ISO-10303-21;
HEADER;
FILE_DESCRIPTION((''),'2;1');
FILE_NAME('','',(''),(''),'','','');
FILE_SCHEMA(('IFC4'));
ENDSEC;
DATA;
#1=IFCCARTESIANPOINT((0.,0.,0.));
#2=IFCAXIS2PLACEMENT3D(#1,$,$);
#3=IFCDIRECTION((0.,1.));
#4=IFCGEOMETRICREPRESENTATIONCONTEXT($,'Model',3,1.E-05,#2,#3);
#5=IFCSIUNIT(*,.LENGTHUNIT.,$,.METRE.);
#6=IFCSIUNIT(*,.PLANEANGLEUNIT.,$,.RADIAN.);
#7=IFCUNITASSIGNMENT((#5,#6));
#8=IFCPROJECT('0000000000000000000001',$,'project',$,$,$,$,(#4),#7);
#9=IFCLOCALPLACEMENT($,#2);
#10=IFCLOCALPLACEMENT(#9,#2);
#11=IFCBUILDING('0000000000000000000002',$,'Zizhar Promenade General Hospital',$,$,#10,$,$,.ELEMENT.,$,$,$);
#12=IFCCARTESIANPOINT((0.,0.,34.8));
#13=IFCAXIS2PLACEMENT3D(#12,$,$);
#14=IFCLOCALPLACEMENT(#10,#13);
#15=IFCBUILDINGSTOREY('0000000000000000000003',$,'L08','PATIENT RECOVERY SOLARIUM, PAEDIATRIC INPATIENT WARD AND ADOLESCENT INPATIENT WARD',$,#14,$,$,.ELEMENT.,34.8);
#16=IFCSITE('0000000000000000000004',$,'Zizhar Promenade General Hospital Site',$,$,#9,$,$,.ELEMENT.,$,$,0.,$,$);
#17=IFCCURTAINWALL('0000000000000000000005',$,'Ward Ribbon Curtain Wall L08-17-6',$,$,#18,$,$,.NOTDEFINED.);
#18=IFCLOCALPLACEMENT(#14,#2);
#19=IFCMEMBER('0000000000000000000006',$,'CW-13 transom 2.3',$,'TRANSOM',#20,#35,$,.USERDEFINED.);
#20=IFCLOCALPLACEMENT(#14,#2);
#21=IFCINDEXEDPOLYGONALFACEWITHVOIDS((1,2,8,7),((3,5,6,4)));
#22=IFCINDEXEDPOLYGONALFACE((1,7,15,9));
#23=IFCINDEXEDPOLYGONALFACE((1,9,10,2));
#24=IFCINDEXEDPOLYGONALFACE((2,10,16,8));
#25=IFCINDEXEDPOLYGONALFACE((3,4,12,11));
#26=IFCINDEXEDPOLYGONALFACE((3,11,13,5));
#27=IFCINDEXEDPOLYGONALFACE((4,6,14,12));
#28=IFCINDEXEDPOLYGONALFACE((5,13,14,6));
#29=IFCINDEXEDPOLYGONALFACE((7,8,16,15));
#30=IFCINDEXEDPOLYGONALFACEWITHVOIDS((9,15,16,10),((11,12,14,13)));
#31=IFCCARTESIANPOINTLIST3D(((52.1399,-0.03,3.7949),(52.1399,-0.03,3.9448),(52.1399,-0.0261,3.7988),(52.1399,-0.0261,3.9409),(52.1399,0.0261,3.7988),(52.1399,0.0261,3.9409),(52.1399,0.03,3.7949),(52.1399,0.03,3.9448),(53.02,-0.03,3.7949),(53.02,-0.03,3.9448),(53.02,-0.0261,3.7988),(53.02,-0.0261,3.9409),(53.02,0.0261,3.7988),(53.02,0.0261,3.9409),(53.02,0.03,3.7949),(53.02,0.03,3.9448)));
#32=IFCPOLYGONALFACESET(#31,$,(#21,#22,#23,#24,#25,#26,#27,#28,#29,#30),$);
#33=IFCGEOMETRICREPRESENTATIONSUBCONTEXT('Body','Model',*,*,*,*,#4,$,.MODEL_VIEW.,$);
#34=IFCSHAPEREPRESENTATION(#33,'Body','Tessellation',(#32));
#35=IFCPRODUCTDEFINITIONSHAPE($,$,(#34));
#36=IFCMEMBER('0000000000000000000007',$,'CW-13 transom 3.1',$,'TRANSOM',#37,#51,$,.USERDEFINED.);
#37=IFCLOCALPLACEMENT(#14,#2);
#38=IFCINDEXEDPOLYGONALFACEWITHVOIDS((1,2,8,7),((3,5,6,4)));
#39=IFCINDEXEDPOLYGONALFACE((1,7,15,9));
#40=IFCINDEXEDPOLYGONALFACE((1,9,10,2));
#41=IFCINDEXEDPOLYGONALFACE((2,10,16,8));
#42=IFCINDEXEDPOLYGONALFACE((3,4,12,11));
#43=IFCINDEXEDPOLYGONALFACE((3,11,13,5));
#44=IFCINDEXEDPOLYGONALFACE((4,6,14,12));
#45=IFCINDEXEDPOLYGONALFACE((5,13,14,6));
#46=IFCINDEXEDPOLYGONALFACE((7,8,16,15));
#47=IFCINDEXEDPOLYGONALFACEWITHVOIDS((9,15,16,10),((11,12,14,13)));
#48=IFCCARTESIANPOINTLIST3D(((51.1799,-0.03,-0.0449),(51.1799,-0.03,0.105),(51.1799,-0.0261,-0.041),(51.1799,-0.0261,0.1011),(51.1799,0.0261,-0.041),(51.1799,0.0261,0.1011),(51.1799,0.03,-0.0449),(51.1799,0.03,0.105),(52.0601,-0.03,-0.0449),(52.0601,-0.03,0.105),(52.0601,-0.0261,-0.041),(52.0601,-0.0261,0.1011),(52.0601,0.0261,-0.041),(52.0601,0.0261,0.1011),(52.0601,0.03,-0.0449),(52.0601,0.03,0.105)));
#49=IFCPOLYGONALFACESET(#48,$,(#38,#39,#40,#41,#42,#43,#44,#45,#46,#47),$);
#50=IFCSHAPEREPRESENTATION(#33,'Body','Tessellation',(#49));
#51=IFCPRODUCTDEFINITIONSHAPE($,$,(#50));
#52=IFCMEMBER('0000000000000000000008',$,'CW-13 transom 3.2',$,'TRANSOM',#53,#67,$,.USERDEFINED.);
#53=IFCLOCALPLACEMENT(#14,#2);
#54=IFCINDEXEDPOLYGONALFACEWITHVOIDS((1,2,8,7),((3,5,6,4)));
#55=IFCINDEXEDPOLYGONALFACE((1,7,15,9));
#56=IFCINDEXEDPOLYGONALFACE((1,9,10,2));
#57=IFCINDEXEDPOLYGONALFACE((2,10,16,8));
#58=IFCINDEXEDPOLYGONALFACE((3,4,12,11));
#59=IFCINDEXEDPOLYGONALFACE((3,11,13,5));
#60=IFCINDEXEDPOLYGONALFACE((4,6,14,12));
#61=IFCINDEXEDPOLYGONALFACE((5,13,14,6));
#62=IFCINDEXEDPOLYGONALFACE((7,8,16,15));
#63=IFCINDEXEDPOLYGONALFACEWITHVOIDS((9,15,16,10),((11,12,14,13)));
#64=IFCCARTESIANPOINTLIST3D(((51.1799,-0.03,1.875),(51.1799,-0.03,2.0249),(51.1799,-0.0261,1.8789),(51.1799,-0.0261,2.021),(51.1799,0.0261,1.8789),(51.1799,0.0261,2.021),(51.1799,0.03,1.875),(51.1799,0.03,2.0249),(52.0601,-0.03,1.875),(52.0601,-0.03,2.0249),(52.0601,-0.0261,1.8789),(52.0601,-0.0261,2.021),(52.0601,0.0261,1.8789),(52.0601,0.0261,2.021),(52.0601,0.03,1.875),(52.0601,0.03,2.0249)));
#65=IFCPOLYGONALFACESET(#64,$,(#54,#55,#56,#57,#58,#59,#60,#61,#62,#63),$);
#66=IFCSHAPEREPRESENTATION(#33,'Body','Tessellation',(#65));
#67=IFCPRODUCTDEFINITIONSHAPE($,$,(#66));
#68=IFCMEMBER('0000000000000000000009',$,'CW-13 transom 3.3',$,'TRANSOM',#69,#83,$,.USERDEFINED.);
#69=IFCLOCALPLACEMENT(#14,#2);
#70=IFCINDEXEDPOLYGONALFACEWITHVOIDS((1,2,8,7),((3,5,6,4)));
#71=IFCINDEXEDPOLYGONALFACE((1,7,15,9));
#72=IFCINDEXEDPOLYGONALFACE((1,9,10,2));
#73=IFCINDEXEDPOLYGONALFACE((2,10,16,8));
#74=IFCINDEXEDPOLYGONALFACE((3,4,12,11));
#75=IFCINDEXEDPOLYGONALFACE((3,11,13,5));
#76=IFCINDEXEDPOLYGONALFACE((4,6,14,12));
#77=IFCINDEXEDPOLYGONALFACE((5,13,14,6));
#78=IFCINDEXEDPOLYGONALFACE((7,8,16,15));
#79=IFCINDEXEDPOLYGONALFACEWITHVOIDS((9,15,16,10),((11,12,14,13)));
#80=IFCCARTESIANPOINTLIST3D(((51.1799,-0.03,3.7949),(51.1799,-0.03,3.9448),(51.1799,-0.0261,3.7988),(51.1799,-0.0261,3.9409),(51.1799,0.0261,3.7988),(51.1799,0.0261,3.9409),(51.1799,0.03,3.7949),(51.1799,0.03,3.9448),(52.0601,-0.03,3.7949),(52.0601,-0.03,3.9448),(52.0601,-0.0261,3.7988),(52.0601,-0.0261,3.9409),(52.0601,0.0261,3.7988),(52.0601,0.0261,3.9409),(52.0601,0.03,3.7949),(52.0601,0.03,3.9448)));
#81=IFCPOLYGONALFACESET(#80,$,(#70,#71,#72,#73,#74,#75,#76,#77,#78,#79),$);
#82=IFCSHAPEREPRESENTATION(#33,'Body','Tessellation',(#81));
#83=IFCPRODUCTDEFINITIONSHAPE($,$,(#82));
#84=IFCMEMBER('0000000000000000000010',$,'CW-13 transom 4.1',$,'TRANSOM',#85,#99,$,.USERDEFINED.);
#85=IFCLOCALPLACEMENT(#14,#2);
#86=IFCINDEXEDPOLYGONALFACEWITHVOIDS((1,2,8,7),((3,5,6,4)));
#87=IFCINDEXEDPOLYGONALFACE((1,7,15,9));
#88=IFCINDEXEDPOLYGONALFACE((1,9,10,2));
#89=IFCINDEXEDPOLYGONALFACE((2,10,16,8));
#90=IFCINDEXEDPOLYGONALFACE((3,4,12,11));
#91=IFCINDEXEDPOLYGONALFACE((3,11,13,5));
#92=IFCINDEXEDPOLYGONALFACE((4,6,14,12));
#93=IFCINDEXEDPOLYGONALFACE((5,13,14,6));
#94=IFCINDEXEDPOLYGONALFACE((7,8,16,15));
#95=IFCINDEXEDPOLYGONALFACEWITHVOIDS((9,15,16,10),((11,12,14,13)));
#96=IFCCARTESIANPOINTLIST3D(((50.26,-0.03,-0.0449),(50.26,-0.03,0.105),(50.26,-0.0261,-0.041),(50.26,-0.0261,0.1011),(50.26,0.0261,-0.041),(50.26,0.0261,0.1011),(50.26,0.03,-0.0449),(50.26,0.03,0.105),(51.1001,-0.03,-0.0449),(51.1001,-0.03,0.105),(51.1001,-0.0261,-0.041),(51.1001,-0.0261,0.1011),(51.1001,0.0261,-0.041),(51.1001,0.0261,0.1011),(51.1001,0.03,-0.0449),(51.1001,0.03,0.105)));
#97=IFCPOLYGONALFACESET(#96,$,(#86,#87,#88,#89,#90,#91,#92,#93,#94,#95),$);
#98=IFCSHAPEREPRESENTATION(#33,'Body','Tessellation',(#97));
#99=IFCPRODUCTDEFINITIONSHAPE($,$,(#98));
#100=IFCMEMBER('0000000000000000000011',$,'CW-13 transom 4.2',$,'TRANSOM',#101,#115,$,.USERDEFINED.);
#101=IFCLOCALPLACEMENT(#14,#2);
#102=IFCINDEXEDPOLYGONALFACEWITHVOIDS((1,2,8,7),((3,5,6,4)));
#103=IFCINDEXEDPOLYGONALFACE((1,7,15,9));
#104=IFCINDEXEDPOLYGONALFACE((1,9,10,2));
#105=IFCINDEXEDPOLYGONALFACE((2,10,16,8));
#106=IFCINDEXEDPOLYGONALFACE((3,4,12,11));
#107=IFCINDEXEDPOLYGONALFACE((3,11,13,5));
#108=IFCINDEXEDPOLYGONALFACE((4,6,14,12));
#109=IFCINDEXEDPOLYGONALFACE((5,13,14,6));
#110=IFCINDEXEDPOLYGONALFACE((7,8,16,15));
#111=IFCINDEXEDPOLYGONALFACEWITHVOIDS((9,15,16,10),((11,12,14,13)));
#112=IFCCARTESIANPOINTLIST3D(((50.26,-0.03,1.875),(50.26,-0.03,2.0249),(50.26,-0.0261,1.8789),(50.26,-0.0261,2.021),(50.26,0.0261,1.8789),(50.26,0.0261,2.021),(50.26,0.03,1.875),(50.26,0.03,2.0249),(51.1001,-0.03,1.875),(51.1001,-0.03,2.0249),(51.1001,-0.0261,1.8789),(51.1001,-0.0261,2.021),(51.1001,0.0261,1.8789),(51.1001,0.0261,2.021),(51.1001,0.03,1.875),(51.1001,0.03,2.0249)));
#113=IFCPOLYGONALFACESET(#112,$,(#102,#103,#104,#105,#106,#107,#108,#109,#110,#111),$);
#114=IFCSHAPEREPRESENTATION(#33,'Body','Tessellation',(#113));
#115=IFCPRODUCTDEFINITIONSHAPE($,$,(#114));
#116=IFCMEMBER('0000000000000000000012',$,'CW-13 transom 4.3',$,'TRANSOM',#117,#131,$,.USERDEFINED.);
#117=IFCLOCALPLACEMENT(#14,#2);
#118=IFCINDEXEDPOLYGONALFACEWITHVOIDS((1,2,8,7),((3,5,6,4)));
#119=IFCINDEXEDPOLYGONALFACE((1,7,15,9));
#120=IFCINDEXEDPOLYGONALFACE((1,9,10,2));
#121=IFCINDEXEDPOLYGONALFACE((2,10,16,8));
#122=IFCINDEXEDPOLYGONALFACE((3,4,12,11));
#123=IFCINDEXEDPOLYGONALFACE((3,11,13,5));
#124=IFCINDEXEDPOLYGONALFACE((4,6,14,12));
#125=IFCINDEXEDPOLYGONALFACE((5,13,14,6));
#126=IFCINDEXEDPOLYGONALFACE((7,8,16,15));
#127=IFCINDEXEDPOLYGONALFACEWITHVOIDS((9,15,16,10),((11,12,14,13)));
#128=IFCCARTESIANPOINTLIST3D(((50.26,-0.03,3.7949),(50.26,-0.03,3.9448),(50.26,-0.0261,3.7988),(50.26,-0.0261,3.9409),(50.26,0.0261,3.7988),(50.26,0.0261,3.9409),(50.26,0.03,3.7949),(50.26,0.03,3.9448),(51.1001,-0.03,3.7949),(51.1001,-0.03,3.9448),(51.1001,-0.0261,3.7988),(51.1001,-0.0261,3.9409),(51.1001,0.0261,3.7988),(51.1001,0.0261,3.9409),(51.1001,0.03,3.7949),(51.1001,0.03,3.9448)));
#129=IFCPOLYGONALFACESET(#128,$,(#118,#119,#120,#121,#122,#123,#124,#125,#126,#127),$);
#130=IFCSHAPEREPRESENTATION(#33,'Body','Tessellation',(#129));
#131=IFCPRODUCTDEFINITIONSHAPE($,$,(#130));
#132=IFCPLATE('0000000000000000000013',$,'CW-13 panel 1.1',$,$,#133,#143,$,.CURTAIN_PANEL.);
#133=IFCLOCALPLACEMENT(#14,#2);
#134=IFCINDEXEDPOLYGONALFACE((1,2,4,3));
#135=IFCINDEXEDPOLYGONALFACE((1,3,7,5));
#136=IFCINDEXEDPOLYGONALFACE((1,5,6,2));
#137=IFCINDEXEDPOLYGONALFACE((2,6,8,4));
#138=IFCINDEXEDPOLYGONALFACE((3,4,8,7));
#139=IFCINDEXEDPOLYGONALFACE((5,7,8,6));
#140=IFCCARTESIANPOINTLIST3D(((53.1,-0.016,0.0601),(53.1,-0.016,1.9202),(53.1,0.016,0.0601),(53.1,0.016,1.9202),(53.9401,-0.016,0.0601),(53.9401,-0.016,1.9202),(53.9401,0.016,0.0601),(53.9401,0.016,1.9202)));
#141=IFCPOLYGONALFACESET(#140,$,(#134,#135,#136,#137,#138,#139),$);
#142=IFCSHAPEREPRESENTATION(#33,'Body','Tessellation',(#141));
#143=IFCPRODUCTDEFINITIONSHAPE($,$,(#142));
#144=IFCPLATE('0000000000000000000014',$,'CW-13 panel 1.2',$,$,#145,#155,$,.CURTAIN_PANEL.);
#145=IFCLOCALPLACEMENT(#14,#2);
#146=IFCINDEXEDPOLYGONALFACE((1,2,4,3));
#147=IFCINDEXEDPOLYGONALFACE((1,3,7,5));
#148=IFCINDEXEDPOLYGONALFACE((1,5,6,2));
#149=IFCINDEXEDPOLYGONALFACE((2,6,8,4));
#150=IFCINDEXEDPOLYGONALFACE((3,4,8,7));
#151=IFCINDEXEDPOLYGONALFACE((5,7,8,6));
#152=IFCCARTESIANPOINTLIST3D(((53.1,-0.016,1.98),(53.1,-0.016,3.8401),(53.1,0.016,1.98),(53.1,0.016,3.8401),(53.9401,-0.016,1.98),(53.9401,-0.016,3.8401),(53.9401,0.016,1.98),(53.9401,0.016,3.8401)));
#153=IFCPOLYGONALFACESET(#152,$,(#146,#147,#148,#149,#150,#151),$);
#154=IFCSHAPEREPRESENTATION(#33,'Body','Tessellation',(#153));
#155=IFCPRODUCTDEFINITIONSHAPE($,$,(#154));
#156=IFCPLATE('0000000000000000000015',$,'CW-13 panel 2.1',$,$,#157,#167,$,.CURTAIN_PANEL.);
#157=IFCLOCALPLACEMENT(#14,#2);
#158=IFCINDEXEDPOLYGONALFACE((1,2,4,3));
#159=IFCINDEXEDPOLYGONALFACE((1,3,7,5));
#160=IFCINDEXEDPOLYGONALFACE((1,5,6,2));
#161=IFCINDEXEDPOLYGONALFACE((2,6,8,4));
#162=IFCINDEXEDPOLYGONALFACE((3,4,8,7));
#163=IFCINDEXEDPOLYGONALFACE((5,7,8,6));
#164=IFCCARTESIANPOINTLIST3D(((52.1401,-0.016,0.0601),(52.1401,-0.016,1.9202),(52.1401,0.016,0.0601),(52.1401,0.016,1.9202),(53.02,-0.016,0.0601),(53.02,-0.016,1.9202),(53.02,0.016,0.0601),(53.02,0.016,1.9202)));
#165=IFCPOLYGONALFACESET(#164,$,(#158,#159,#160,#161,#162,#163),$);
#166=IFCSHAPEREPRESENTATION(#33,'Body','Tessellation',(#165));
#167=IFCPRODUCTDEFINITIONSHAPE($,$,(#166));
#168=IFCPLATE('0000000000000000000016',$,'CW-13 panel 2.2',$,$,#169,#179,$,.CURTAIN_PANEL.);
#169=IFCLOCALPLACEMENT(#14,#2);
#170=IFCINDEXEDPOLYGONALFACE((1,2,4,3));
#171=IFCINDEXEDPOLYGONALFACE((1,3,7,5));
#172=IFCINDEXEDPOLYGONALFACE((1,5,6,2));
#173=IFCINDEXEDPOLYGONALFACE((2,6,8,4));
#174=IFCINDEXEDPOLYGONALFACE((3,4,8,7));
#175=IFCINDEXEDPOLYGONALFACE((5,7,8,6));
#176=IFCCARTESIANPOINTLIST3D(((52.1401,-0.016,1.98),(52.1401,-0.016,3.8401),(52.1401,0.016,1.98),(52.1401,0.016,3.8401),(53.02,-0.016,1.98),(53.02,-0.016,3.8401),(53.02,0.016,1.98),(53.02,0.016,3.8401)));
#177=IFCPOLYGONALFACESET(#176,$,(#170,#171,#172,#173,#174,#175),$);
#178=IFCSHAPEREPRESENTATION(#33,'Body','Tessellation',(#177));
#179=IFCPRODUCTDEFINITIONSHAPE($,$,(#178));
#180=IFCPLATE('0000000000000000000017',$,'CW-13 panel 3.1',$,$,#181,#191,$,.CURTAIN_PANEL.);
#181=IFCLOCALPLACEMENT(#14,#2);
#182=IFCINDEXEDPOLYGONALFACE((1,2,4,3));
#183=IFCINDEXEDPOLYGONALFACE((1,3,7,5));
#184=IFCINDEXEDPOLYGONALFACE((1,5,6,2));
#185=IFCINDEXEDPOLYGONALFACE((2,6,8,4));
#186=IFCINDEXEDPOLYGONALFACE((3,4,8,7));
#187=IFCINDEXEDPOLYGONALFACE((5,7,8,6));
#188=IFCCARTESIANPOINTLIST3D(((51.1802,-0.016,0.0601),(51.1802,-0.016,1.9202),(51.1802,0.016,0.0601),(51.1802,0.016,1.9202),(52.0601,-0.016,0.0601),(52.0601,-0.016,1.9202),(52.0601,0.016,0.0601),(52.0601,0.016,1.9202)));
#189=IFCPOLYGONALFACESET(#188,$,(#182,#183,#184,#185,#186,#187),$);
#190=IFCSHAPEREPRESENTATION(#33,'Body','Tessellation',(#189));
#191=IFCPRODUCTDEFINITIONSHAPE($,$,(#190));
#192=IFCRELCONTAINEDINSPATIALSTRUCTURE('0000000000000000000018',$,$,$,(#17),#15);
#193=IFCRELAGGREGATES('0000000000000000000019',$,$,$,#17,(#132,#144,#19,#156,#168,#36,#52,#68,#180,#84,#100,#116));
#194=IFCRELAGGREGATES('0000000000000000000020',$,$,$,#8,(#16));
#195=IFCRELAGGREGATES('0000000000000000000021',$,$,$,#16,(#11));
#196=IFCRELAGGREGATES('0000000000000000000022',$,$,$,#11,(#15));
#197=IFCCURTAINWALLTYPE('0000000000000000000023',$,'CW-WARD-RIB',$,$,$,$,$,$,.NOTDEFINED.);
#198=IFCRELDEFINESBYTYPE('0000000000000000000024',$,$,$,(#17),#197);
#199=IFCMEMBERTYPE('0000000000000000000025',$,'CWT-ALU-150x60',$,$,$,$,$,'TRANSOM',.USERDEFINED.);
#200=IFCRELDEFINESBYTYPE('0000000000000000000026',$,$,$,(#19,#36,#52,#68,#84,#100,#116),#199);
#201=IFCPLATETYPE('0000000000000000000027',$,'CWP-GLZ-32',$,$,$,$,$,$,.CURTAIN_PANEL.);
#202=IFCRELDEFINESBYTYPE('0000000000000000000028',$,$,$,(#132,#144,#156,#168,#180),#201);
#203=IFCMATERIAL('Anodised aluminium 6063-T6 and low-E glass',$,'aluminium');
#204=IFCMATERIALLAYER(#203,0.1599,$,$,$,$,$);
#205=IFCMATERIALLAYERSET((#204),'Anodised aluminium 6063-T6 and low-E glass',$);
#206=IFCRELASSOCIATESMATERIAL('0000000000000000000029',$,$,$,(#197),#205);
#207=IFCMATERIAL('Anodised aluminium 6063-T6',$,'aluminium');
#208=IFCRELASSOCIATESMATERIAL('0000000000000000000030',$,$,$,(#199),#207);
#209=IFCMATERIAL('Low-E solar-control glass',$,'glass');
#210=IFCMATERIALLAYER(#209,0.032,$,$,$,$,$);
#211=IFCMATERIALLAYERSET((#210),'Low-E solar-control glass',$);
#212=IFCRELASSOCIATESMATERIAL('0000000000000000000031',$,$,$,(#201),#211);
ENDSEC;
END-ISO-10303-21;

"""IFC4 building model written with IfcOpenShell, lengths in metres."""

from ifc_helpers import new_model, si_unit, direction, frame, origin, origin_2d, place, context, subcontext, project, spatial, rectangle, hollow_rectangle, extrude, material, layer, layer_set, material_profile, profile_set, type_object, element, aggregate, save


model = new_model("IFC4")

# Units and contexts
model_context = context("Model", 3, precision=1e-05, world=origin(), true_north=direction((0.0, 1.0)))
body_context = subcontext(model_context, "Body", "Model", "MODEL_VIEW")
ifc_project = project(units=[si_unit("LENGTHUNIT", "METRE"), si_unit("PLANEANGLEUNIT", "RADIAN")], contexts=[model_context])

# Site, building, storey
site_placement = place(None, origin())
site = spatial("IfcSite", under=ifc_project, at=site_placement, Name="Zizhar Promenade General Hospital Site", CompositionType="ELEMENT", RefElevation=0.0)
building_placement = place(site_placement, origin())
building = spatial("IfcBuilding", under=site, at=building_placement, Name="Zizhar Promenade General Hospital", CompositionType="ELEMENT")
storey_placement = place(building_placement, frame((0.0, 0.0, 34.8)))
storey = spatial("IfcBuildingStorey", under=building, at=storey_placement, Name="L08", Description="PATIENT RECOVERY SOLARIUM, PAEDIATRIC INPATIENT WARD AND ADOLESCENT INPATIENT WARD", CompositionType="ELEMENT", Elevation=34.8)

# Curtain wall, members, plates
ifc_material_1 = material(Name="Anodised aluminium 6063-T6 and low-E glass", Category="aluminium")
ifc_layer_1 = layer(ifc_material_1, 0.1599)
ifc_layer_set_1 = layer_set([ifc_layer_1], Name="Anodised aluminium 6063-T6 and low-E glass")
curtain_wall_type = type_object("IfcCurtainWallType", Name="CW-WARD-RIB", PredefinedType="NOTDEFINED", material=ifc_layer_set_1)
curtain_wall_placement = place(storey_placement, origin())
curtain_wall = element("IfcCurtainWall", 1, at=curtain_wall_placement, inside=storey, type_object=curtain_wall_type, Name="Ward Ribbon Curtain Wall L08-17-6", PredefinedType="NOTDEFINED")
ifc_material_2 = material(Name="Anodised aluminium 6063-T6", Category="aluminium")
ifc_material_profile_1 = material_profile(ifc_material_2, hollow_rectangle(XDim=0.0601, YDim=0.1499, WallThickness=0.0039, at=origin_2d()))
ifc_profile_set_1 = profile_set([ifc_material_profile_1], Name="Anodised aluminium 6063-T6")
member_type_1 = type_object("IfcMemberType", Name="CWT-ALU-150x60", ElementType="TRANSOM", PredefinedType="USERDEFINED", material=ifc_profile_set_1)
member_1_placement = place(storey_placement, frame((53.02, 0.0, 3.8699), z_axis=(-1.0, 0.0, 0.0), x_axis=(0.0, -1.0, 0.0)))
member_1 = element("IfcMember", 2, at=member_1_placement, type_object=member_type_1, Name="CW-13 transom 2.3", ObjectType="TRANSOM", PredefinedType="USERDEFINED", context=body_context, shape_type="SweptSolid", body=[
    extrude(hollow_rectangle(XDim=0.0601, YDim=0.1499, WallThickness=0.0039, at=origin_2d()), origin(), (0.0, 0.0, 1.0), 0.8801),
])
member_2_placement = place(storey_placement, frame((52.0601, 0.0, 0.03), z_axis=(-1.0, 0.0, 0.0), x_axis=(0.0, -1.0, 0.0)))
member_2 = element("IfcMember", 3, at=member_2_placement, type_object=member_type_1, Name="CW-13 transom 3.1", ObjectType="TRANSOM", PredefinedType="USERDEFINED", context=body_context, shape_type="SweptSolid", body=[
    extrude(hollow_rectangle(XDim=0.0601, YDim=0.1499, WallThickness=0.0039, at=origin_2d()), origin(), (0.0, 0.0, 1.0), 0.8801),
])
member_3_placement = place(storey_placement, frame((52.0601, 0.0, 1.95), z_axis=(-1.0, 0.0, 0.0), x_axis=(0.0, -1.0, 0.0)))
member_3 = element("IfcMember", 4, at=member_3_placement, type_object=member_type_1, Name="CW-13 transom 3.2", ObjectType="TRANSOM", PredefinedType="USERDEFINED", context=body_context, shape_type="SweptSolid", body=[
    extrude(hollow_rectangle(XDim=0.0601, YDim=0.1499, WallThickness=0.0039, at=origin_2d()), origin(), (0.0, 0.0, 1.0), 0.8801),
])
member_4_placement = place(storey_placement, frame((52.0601, 0.0, 3.8699), z_axis=(-1.0, 0.0, 0.0), x_axis=(0.0, -1.0, 0.0)))
member_4 = element("IfcMember", 5, at=member_4_placement, type_object=member_type_1, Name="CW-13 transom 3.3", ObjectType="TRANSOM", PredefinedType="USERDEFINED", context=body_context, shape_type="SweptSolid", body=[
    extrude(hollow_rectangle(XDim=0.0601, YDim=0.1499, WallThickness=0.0039, at=origin_2d()), origin(), (0.0, 0.0, 1.0), 0.8801),
])
member_5_placement = place(storey_placement, frame((51.1001, 0.0, 0.03), z_axis=(-1.0, 0.0, 0.0), x_axis=(0.0, -1.0, 0.0)))
member_5 = element("IfcMember", 6, at=member_5_placement, type_object=member_type_1, Name="CW-13 transom 4.1", ObjectType="TRANSOM", PredefinedType="USERDEFINED", context=body_context, shape_type="SweptSolid", body=[
    extrude(hollow_rectangle(XDim=0.0601, YDim=0.1499, WallThickness=0.0039, at=origin_2d()), origin(), (0.0, 0.0, 1.0), 0.8401),
])
member_6_placement = place(storey_placement, frame((51.1001, 0.0, 1.95), z_axis=(-1.0, 0.0, 0.0), x_axis=(0.0, -1.0, 0.0)))
member_6 = element("IfcMember", 7, at=member_6_placement, type_object=member_type_1, Name="CW-13 transom 4.2", ObjectType="TRANSOM", PredefinedType="USERDEFINED", context=body_context, shape_type="SweptSolid", body=[
    extrude(hollow_rectangle(XDim=0.0601, YDim=0.1499, WallThickness=0.0039, at=origin_2d()), origin(), (0.0, 0.0, 1.0), 0.8401),
])
member_7_placement = place(storey_placement, frame((51.1001, 0.0, 3.8699), z_axis=(-1.0, 0.0, 0.0), x_axis=(0.0, -1.0, 0.0)))
member_7 = element("IfcMember", 8, at=member_7_placement, type_object=member_type_1, Name="CW-13 transom 4.3", ObjectType="TRANSOM", PredefinedType="USERDEFINED", context=body_context, shape_type="SweptSolid", body=[
    extrude(hollow_rectangle(XDim=0.0601, YDim=0.1499, WallThickness=0.0039, at=origin_2d()), origin(), (0.0, 0.0, 1.0), 0.8401),
])
ifc_material_3 = material(Name="Low-E solar-control glass", Category="glass")
ifc_layer_2 = layer(ifc_material_3, 0.032)
ifc_layer_set_2 = layer_set([ifc_layer_2], Name="Low-E solar-control glass")
plate_type = type_object("IfcPlateType", Name="CWP-GLZ-32", PredefinedType="CURTAIN_PANEL", material=ifc_layer_set_2)
plate_1_placement = place(storey_placement, frame((53.52, 0.0, 0.0601), z_axis=(0.0, 0.0, 1.0), x_axis=(-1.0, 0.0, 0.0)))
plate_1 = element("IfcPlate", 9, at=plate_1_placement, type_object=plate_type, Name="CW-13 panel 1.1", PredefinedType="CURTAIN_PANEL", context=body_context, shape_type="SweptSolid", body=[
    extrude(rectangle(XDim=0.8401, YDim=0.032, at=origin_2d()), origin(), (0.0, 0.0, 1.0), 1.8601),
])
plate_2_placement = place(storey_placement, frame((53.52, 0.0, 1.98), z_axis=(0.0, 0.0, 1.0), x_axis=(-1.0, 0.0, 0.0)))
plate_2 = element("IfcPlate", 10, at=plate_2_placement, type_object=plate_type, Name="CW-13 panel 1.2", PredefinedType="CURTAIN_PANEL", context=body_context, shape_type="SweptSolid", body=[
    extrude(rectangle(XDim=0.8401, YDim=0.032, at=origin_2d()), origin(), (0.0, 0.0, 1.0), 1.8601),
])
plate_3_placement = place(storey_placement, frame((52.5801, 0.0, 0.0601), z_axis=(0.0, 0.0, 1.0), x_axis=(-1.0, 0.0, 0.0)))
plate_3 = element("IfcPlate", 11, at=plate_3_placement, type_object=plate_type, Name="CW-13 panel 2.1", PredefinedType="CURTAIN_PANEL", context=body_context, shape_type="SweptSolid", body=[
    extrude(rectangle(XDim=0.8799, YDim=0.032, at=origin_2d()), origin(), (0.0, 0.0, 1.0), 1.8601),
])
plate_4_placement = place(storey_placement, frame((52.5801, 0.0, 1.98), z_axis=(0.0, 0.0, 1.0), x_axis=(-1.0, 0.0, 0.0)))
plate_4 = element("IfcPlate", 12, at=plate_4_placement, type_object=plate_type, Name="CW-13 panel 2.2", PredefinedType="CURTAIN_PANEL", context=body_context, shape_type="SweptSolid", body=[
    extrude(rectangle(XDim=0.8799, YDim=0.032, at=origin_2d()), origin(), (0.0, 0.0, 1.0), 1.8601),
])
plate_5_placement = place(storey_placement, frame((51.6201, 0.0, 0.0601), z_axis=(0.0, 0.0, 1.0), x_axis=(-1.0, 0.0, 0.0)))
plate_5 = element("IfcPlate", 13, at=plate_5_placement, type_object=plate_type, Name="CW-13 panel 3.1", PredefinedType="CURTAIN_PANEL", context=body_context, shape_type="SweptSolid", body=[
    extrude(rectangle(XDim=0.8799, YDim=0.032, at=origin_2d()), origin(), (0.0, 0.0, 1.0), 1.8601),
])
aggregate(curtain_wall, [plate_1, plate_2, member_1, plate_3, plate_4, member_2, member_3, member_4, plate_5, member_5, member_6, member_7])

save(model, "model.ifc")
